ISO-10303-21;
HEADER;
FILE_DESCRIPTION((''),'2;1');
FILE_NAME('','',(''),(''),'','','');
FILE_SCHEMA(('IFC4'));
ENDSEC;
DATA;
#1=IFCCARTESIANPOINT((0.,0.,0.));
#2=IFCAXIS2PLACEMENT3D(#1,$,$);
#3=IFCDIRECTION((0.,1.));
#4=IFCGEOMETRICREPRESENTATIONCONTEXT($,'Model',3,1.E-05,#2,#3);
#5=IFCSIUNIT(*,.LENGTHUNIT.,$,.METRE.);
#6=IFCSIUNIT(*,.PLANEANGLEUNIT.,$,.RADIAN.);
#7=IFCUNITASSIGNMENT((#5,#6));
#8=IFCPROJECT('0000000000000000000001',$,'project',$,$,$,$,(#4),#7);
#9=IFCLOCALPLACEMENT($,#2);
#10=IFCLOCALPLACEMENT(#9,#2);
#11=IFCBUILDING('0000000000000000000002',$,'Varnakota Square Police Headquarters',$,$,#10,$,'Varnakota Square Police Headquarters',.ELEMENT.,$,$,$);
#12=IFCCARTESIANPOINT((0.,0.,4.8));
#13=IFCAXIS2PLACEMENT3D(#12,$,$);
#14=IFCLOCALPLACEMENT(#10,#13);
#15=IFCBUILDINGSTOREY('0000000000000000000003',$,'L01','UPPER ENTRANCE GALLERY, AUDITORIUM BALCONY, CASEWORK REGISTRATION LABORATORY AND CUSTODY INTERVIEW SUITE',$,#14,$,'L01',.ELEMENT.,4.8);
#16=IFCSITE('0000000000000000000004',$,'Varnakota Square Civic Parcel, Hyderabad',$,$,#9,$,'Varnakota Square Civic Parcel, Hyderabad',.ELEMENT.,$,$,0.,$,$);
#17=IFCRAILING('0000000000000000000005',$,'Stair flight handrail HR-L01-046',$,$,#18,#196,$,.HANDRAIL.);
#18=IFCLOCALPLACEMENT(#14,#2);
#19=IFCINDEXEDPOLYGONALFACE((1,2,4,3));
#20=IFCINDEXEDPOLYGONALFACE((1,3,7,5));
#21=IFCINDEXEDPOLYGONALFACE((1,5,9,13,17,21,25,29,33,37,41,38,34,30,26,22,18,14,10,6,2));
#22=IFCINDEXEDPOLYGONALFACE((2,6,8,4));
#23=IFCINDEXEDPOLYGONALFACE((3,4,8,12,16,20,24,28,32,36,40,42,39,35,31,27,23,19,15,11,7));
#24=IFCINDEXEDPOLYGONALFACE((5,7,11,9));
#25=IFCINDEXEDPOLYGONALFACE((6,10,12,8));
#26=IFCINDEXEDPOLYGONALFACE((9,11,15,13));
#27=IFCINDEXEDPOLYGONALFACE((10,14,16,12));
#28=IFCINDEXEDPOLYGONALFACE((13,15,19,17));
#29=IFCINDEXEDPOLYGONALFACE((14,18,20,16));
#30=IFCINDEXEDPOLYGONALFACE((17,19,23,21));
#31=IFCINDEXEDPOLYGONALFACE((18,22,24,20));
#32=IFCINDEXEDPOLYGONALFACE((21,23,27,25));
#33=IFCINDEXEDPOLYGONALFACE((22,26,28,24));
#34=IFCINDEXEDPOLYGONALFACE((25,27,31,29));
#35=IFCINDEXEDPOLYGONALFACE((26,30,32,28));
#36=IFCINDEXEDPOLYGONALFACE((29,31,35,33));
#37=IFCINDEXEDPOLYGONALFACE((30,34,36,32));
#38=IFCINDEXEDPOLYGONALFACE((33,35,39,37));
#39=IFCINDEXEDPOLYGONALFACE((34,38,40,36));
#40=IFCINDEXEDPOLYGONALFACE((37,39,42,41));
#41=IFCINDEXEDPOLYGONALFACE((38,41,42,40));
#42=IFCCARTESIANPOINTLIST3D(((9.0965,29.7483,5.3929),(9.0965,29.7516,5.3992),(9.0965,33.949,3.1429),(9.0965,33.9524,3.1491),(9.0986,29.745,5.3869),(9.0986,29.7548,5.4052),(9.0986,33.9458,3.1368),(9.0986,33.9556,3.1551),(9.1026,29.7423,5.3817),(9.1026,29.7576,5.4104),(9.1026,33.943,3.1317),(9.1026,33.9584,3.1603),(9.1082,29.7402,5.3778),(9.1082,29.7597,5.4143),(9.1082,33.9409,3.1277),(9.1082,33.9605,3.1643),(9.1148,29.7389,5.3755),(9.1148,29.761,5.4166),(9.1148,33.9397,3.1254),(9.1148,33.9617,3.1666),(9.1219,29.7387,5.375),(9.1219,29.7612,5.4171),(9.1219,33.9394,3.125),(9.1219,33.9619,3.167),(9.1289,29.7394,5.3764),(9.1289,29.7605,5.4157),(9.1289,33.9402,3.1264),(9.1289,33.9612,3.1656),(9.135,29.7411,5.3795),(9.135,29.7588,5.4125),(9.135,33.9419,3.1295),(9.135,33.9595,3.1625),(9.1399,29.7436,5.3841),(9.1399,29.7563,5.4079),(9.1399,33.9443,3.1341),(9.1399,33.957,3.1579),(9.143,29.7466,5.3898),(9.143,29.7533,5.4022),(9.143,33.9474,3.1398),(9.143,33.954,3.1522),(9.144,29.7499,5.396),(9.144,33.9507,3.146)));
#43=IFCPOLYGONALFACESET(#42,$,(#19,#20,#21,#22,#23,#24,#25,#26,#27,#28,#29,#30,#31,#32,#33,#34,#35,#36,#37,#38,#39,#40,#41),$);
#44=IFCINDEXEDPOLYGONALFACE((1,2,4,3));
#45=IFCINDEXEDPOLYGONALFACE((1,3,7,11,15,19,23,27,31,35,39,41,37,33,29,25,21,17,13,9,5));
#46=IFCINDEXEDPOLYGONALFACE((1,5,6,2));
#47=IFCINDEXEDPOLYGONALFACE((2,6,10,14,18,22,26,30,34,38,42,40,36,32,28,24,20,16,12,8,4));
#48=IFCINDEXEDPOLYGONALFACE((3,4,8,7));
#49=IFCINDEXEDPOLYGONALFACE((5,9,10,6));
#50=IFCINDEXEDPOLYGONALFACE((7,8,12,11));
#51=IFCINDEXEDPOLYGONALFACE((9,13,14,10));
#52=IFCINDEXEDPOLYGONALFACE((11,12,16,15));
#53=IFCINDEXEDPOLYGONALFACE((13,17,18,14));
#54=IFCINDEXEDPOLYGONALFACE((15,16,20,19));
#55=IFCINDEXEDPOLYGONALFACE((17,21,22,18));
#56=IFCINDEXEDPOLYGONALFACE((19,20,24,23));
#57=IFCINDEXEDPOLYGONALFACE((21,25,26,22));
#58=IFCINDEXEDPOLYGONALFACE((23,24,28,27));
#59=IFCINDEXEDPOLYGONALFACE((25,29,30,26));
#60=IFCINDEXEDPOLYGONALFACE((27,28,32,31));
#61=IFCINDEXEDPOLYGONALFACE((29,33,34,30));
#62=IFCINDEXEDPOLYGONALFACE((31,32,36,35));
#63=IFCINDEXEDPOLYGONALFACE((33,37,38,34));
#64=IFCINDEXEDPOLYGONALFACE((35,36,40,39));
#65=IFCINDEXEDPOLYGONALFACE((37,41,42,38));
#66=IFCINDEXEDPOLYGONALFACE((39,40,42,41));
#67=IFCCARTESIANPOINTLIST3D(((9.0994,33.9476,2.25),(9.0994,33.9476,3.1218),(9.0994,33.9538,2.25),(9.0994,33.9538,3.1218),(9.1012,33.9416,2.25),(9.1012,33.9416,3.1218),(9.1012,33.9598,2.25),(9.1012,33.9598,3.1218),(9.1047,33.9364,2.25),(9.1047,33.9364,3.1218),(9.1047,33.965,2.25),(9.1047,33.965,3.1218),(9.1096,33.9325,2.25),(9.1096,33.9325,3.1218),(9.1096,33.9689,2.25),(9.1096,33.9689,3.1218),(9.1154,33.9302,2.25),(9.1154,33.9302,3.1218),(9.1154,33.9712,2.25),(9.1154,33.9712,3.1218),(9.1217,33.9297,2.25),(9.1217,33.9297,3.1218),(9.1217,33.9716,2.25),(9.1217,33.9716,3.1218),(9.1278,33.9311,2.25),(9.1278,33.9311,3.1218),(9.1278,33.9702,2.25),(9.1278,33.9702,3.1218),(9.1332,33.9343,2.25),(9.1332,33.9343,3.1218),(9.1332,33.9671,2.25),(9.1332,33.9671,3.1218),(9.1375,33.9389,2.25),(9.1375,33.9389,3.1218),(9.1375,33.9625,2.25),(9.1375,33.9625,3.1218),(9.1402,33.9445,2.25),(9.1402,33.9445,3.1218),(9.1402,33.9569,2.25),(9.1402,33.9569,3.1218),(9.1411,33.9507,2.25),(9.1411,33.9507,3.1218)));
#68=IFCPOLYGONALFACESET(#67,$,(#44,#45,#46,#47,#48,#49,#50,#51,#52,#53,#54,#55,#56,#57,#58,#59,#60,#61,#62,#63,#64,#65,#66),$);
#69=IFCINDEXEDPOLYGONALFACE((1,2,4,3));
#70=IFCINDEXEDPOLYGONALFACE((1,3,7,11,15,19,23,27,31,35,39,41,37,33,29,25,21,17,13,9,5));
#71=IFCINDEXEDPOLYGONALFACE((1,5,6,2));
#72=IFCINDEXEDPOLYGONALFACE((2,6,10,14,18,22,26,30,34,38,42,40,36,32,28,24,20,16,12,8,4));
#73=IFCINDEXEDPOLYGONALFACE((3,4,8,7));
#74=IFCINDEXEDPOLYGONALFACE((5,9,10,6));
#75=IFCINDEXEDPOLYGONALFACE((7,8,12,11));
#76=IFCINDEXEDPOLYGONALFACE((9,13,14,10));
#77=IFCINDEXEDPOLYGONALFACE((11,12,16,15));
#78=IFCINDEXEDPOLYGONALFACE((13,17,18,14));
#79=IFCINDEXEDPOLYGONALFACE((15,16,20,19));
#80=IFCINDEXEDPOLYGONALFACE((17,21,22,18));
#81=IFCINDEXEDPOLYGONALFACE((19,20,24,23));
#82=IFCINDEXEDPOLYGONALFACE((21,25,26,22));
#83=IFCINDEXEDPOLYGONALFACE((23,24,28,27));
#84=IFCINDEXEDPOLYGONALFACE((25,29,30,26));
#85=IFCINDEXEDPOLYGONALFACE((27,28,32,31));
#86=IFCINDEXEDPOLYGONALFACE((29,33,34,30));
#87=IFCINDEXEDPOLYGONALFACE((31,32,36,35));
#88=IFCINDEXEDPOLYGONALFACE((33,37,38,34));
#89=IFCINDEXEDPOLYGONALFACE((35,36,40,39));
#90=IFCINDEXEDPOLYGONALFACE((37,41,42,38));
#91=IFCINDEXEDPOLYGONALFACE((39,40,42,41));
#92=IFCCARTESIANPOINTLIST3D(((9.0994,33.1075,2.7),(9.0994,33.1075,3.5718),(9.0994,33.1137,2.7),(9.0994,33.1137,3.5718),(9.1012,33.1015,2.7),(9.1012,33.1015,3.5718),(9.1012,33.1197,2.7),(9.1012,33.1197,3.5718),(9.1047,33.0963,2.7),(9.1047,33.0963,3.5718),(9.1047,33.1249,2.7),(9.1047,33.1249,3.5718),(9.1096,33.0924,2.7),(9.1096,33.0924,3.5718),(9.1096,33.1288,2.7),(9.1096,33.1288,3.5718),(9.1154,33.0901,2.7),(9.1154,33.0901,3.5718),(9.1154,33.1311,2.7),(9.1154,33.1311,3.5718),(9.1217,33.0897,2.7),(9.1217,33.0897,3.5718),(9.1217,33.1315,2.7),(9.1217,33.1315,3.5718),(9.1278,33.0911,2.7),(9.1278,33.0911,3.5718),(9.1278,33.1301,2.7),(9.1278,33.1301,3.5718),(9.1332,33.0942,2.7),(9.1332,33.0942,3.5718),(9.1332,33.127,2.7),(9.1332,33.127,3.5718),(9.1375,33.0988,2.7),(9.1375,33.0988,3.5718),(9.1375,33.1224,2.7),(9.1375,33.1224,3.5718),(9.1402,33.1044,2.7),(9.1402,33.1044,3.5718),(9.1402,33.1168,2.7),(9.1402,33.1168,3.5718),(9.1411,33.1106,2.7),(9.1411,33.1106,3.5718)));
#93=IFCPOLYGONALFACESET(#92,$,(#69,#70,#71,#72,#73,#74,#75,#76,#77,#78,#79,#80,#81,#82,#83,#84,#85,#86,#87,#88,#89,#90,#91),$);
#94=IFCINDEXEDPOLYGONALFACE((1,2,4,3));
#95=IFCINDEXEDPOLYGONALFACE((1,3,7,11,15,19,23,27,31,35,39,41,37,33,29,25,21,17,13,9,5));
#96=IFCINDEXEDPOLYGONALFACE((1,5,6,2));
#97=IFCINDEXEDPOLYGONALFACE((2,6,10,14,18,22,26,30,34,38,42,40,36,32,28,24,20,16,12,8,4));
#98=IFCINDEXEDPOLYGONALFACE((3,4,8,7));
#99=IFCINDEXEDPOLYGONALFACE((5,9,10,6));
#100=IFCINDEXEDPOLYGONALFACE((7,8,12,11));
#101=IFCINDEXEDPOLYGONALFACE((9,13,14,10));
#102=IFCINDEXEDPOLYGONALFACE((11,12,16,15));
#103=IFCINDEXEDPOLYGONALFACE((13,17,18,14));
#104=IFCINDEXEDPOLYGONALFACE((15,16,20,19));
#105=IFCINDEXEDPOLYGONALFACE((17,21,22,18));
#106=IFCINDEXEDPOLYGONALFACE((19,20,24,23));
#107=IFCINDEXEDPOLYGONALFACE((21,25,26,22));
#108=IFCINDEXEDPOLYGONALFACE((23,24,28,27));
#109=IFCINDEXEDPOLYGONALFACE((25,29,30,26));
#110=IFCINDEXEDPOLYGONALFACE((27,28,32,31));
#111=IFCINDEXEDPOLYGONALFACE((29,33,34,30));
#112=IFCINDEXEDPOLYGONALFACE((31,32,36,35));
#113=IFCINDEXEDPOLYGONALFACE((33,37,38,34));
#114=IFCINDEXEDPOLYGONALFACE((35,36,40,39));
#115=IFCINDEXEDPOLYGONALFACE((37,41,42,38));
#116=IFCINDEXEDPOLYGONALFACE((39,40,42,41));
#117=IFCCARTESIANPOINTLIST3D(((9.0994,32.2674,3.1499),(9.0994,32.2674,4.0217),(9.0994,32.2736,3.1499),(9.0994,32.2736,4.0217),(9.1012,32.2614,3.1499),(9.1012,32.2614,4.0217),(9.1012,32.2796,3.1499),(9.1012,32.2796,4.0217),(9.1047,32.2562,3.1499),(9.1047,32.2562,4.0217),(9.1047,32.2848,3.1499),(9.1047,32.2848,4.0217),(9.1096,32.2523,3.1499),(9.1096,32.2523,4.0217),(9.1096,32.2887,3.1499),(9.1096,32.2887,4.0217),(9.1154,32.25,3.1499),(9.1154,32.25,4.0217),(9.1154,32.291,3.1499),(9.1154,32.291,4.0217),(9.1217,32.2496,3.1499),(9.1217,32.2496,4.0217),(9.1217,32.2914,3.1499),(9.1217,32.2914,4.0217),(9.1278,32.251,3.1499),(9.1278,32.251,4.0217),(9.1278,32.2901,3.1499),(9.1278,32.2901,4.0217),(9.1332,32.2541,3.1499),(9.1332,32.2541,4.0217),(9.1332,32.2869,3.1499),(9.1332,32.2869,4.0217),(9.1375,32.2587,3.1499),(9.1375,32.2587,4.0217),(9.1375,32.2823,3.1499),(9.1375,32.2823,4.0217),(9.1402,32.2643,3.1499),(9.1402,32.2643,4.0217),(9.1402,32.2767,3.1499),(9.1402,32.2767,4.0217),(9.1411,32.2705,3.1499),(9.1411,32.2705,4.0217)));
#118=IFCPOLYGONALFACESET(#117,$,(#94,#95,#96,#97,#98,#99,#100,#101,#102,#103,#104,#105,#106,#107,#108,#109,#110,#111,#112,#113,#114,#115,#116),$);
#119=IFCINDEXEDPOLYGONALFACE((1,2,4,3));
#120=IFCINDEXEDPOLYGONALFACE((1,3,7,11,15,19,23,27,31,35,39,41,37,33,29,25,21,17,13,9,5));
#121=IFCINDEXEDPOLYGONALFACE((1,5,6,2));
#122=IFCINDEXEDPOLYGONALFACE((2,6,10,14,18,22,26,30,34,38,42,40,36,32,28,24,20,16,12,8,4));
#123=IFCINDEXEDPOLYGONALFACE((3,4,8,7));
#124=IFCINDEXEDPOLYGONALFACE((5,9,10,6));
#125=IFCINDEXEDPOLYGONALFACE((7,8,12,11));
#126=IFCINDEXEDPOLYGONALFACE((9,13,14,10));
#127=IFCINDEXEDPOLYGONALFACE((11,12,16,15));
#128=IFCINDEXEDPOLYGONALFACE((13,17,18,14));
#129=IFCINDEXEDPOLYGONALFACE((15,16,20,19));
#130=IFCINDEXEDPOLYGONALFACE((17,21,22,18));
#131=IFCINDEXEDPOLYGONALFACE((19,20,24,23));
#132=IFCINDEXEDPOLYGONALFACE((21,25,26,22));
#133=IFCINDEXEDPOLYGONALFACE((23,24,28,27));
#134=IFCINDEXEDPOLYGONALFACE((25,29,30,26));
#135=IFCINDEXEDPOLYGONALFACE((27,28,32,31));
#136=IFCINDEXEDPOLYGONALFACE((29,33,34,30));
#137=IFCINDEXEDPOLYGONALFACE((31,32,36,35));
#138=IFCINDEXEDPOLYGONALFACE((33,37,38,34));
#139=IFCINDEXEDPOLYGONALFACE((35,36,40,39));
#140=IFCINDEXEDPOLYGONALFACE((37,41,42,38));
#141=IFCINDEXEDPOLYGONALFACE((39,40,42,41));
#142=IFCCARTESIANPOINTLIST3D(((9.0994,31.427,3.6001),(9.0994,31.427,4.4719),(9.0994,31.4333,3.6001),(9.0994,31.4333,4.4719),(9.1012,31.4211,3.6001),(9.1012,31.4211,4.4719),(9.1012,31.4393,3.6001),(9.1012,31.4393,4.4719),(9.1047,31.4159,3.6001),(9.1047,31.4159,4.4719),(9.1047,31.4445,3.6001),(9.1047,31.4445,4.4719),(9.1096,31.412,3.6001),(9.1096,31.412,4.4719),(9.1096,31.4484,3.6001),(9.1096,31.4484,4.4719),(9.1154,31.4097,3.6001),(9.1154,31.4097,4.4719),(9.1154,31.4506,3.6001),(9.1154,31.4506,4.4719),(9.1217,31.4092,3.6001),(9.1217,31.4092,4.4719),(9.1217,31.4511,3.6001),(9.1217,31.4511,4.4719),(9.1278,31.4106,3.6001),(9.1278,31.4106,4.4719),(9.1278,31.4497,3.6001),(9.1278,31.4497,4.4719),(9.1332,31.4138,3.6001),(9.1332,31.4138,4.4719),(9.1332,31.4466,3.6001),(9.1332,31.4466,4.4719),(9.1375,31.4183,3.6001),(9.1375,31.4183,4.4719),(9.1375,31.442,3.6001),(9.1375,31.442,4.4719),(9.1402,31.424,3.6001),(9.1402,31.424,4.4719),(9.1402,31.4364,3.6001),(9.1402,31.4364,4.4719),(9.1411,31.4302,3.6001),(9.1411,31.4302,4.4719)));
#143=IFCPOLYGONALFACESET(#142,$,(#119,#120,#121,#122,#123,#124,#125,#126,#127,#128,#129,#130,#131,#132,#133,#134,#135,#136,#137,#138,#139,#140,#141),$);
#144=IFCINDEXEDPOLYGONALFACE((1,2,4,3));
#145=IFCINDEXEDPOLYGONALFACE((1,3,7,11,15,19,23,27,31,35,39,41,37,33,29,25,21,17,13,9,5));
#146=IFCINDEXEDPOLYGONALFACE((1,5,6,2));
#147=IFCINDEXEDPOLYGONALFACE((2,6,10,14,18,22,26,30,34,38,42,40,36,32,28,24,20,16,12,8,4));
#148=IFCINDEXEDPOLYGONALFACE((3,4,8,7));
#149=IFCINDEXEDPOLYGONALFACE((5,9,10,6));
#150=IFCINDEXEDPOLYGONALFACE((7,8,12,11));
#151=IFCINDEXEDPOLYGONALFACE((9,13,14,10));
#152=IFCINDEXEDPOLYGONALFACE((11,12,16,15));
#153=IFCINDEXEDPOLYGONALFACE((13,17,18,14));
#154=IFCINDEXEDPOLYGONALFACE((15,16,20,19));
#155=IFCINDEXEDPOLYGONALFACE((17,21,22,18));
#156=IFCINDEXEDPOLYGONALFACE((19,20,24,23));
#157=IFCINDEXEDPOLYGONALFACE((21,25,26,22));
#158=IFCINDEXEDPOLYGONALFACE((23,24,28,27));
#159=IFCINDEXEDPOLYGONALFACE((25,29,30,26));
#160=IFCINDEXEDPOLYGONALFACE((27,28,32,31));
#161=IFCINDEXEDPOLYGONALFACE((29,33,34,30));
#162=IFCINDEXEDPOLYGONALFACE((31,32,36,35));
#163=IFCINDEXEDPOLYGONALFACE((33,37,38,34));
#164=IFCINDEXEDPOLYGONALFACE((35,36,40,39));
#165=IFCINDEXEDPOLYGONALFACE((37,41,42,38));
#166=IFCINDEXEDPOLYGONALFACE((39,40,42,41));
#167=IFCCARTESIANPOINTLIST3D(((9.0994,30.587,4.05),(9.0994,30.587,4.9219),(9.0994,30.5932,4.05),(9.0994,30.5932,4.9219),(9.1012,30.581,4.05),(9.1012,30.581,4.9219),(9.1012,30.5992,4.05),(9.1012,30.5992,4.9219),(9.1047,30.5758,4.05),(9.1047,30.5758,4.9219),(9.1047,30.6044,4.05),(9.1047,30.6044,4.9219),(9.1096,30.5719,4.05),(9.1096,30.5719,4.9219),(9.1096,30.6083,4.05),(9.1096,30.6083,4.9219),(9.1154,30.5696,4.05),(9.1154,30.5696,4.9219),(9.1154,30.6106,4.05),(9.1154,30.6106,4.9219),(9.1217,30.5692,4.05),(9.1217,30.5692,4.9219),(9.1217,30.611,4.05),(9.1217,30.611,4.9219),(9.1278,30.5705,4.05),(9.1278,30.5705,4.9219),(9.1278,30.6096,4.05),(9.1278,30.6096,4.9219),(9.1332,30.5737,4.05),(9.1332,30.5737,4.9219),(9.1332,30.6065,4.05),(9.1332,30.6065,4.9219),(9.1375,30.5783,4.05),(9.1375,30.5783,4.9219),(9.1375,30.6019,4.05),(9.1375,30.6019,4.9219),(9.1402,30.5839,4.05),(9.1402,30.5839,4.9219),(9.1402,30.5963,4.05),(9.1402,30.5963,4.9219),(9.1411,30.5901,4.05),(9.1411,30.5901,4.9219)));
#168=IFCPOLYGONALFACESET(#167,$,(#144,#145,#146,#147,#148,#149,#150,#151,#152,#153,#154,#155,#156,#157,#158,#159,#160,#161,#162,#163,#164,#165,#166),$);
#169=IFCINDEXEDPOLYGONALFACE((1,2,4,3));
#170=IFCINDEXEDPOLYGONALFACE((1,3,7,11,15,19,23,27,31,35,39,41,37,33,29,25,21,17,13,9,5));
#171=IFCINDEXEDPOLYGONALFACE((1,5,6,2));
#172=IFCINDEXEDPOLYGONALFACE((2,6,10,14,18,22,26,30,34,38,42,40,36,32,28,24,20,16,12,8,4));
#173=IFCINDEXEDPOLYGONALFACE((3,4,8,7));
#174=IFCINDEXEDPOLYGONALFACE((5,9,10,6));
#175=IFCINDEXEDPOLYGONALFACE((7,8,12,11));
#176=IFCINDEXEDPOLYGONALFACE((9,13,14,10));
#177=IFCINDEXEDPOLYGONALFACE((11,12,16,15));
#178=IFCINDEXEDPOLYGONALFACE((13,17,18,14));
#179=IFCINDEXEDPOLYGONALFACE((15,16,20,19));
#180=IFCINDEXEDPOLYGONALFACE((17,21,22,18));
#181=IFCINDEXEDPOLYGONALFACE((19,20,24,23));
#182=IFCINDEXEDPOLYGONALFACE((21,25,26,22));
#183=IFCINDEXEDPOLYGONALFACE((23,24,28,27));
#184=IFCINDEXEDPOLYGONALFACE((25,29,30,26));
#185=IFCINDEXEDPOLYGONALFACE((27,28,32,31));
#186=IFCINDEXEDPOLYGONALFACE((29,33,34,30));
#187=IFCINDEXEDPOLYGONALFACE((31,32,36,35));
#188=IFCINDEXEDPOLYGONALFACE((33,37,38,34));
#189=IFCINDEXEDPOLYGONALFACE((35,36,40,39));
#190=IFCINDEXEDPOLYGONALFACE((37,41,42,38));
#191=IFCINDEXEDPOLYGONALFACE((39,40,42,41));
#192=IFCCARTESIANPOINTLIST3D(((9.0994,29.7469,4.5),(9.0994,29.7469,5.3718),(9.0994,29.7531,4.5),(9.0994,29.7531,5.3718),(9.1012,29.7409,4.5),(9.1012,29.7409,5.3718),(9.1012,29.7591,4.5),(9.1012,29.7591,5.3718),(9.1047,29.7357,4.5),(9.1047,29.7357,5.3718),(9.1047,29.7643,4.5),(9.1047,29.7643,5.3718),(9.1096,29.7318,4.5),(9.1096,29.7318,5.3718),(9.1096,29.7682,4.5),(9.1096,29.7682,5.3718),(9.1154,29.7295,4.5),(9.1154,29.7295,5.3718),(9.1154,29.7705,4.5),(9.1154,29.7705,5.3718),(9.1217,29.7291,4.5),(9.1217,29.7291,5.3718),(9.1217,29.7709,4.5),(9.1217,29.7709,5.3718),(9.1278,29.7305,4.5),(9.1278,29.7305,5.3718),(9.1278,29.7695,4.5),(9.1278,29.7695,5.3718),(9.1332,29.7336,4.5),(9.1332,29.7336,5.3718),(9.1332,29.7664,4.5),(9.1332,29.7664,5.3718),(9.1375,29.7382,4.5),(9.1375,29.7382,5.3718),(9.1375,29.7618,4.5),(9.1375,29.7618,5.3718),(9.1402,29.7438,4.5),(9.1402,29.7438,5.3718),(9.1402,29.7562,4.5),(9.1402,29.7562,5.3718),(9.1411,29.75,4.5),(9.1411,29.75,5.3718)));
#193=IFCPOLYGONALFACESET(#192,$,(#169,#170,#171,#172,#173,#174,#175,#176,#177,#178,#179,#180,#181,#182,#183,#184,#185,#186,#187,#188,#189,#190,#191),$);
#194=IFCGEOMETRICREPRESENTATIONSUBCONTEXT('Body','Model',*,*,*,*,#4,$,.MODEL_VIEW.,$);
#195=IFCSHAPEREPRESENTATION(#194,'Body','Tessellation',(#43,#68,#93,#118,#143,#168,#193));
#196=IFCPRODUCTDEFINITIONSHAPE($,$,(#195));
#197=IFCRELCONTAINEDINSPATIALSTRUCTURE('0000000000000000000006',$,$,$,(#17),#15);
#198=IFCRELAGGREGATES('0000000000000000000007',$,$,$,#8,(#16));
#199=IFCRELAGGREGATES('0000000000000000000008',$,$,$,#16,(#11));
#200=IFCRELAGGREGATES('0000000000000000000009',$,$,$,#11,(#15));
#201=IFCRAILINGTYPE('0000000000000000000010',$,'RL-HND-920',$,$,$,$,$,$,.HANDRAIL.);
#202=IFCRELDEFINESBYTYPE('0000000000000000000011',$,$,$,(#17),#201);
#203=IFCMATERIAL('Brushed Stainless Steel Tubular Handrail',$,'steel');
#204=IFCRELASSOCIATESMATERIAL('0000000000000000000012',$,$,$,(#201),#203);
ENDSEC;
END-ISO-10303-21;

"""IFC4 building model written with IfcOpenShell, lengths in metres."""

from ifc_helpers import new_model, si_unit, direction, frame, origin, origin_2d, place, context, subcontext, project, spatial, circle, extrude, material, type_object, element, save


model = new_model("IFC4")

# Units and contexts
model_context = context("Model", 3, precision=1e-05, world=origin(), true_north=direction((0.0, 1.0)))
body_context = subcontext(model_context, "Body", "Model", "MODEL_VIEW")
ifc_project = project(units=[si_unit("LENGTHUNIT", "METRE"), si_unit("PLANEANGLEUNIT", "RADIAN")], contexts=[model_context])

# Site, building, storey
site_placement = place(None, origin())
site = spatial("IfcSite", under=ifc_project, at=site_placement, Name="Varnakota Square Civic Parcel, Hyderabad", LongName="Varnakota Square Civic Parcel, Hyderabad", CompositionType="ELEMENT", RefElevation=0.0)
building_placement = place(site_placement, origin())
building = spatial("IfcBuilding", under=site, at=building_placement, Name="Varnakota Square Police Headquarters", LongName="Varnakota Square Police Headquarters", CompositionType="ELEMENT")
storey_placement = place(building_placement, frame((0.0, 0.0, 4.8)))
storey = spatial("IfcBuildingStorey", under=building, at=storey_placement, Name="L01", Description="UPPER ENTRANCE GALLERY, AUDITORIUM BALCONY, CASEWORK REGISTRATION LABORATORY AND CUSTODY INTERVIEW SUITE", LongName="L01", CompositionType="ELEMENT", Elevation=4.8)

# Railing
ifc_material_1 = material(Name="Brushed Stainless Steel Tubular Handrail", Category="steel")
railing_type_1 = type_object("IfcRailingType", Name="RL-HND-920", PredefinedType="HANDRAIL", material=ifc_material_1)
railing_1_placement = place(storey_placement, frame((9.1201, 33.9507, 2.25)))
element("IfcRailing", 1, at=railing_1_placement, inside=storey, type_object=railing_type_1, Name="Stair flight handrail HR-L01-046", PredefinedType="HANDRAIL", context=body_context, shape_type="SweptSolid", body=[
    extrude(circle(Radius=0.0239, at=origin_2d()), frame((0.0, 0.0, 0.896), z_axis=(0.0, -0.881512, 0.472162), x_axis=(1.0, 0.0, 0.0)), (0.0, 0.0, 1.0), 4.7654),
    extrude(circle(Radius=0.021, at=origin_2d()), origin(), (0.0, 0.0, 1.0), 0.8718),
    extrude(circle(Radius=0.021, at=origin_2d()), frame((0.0, -0.8401, 0.45)), (0.0, 0.0, 1.0), 0.8718),
    extrude(circle(Radius=0.021, at=origin_2d()), frame((0.0, -1.6802, 0.8999)), (0.0, 0.0, 1.0), 0.8718),
    extrude(circle(Radius=0.021, at=origin_2d()), frame((0.0, -2.5205, 1.3501)), (0.0, 0.0, 1.0), 0.8718),
    extrude(circle(Radius=0.021, at=origin_2d()), frame((0.0, -3.3606, 1.8)), (0.0, 0.0, 1.0), 0.8718),
    extrude(circle(Radius=0.021, at=origin_2d()), frame((0.0, -4.2007, 2.25)), (0.0, 0.0, 1.0), 0.8718),
])

save(model, "model.ifc")
